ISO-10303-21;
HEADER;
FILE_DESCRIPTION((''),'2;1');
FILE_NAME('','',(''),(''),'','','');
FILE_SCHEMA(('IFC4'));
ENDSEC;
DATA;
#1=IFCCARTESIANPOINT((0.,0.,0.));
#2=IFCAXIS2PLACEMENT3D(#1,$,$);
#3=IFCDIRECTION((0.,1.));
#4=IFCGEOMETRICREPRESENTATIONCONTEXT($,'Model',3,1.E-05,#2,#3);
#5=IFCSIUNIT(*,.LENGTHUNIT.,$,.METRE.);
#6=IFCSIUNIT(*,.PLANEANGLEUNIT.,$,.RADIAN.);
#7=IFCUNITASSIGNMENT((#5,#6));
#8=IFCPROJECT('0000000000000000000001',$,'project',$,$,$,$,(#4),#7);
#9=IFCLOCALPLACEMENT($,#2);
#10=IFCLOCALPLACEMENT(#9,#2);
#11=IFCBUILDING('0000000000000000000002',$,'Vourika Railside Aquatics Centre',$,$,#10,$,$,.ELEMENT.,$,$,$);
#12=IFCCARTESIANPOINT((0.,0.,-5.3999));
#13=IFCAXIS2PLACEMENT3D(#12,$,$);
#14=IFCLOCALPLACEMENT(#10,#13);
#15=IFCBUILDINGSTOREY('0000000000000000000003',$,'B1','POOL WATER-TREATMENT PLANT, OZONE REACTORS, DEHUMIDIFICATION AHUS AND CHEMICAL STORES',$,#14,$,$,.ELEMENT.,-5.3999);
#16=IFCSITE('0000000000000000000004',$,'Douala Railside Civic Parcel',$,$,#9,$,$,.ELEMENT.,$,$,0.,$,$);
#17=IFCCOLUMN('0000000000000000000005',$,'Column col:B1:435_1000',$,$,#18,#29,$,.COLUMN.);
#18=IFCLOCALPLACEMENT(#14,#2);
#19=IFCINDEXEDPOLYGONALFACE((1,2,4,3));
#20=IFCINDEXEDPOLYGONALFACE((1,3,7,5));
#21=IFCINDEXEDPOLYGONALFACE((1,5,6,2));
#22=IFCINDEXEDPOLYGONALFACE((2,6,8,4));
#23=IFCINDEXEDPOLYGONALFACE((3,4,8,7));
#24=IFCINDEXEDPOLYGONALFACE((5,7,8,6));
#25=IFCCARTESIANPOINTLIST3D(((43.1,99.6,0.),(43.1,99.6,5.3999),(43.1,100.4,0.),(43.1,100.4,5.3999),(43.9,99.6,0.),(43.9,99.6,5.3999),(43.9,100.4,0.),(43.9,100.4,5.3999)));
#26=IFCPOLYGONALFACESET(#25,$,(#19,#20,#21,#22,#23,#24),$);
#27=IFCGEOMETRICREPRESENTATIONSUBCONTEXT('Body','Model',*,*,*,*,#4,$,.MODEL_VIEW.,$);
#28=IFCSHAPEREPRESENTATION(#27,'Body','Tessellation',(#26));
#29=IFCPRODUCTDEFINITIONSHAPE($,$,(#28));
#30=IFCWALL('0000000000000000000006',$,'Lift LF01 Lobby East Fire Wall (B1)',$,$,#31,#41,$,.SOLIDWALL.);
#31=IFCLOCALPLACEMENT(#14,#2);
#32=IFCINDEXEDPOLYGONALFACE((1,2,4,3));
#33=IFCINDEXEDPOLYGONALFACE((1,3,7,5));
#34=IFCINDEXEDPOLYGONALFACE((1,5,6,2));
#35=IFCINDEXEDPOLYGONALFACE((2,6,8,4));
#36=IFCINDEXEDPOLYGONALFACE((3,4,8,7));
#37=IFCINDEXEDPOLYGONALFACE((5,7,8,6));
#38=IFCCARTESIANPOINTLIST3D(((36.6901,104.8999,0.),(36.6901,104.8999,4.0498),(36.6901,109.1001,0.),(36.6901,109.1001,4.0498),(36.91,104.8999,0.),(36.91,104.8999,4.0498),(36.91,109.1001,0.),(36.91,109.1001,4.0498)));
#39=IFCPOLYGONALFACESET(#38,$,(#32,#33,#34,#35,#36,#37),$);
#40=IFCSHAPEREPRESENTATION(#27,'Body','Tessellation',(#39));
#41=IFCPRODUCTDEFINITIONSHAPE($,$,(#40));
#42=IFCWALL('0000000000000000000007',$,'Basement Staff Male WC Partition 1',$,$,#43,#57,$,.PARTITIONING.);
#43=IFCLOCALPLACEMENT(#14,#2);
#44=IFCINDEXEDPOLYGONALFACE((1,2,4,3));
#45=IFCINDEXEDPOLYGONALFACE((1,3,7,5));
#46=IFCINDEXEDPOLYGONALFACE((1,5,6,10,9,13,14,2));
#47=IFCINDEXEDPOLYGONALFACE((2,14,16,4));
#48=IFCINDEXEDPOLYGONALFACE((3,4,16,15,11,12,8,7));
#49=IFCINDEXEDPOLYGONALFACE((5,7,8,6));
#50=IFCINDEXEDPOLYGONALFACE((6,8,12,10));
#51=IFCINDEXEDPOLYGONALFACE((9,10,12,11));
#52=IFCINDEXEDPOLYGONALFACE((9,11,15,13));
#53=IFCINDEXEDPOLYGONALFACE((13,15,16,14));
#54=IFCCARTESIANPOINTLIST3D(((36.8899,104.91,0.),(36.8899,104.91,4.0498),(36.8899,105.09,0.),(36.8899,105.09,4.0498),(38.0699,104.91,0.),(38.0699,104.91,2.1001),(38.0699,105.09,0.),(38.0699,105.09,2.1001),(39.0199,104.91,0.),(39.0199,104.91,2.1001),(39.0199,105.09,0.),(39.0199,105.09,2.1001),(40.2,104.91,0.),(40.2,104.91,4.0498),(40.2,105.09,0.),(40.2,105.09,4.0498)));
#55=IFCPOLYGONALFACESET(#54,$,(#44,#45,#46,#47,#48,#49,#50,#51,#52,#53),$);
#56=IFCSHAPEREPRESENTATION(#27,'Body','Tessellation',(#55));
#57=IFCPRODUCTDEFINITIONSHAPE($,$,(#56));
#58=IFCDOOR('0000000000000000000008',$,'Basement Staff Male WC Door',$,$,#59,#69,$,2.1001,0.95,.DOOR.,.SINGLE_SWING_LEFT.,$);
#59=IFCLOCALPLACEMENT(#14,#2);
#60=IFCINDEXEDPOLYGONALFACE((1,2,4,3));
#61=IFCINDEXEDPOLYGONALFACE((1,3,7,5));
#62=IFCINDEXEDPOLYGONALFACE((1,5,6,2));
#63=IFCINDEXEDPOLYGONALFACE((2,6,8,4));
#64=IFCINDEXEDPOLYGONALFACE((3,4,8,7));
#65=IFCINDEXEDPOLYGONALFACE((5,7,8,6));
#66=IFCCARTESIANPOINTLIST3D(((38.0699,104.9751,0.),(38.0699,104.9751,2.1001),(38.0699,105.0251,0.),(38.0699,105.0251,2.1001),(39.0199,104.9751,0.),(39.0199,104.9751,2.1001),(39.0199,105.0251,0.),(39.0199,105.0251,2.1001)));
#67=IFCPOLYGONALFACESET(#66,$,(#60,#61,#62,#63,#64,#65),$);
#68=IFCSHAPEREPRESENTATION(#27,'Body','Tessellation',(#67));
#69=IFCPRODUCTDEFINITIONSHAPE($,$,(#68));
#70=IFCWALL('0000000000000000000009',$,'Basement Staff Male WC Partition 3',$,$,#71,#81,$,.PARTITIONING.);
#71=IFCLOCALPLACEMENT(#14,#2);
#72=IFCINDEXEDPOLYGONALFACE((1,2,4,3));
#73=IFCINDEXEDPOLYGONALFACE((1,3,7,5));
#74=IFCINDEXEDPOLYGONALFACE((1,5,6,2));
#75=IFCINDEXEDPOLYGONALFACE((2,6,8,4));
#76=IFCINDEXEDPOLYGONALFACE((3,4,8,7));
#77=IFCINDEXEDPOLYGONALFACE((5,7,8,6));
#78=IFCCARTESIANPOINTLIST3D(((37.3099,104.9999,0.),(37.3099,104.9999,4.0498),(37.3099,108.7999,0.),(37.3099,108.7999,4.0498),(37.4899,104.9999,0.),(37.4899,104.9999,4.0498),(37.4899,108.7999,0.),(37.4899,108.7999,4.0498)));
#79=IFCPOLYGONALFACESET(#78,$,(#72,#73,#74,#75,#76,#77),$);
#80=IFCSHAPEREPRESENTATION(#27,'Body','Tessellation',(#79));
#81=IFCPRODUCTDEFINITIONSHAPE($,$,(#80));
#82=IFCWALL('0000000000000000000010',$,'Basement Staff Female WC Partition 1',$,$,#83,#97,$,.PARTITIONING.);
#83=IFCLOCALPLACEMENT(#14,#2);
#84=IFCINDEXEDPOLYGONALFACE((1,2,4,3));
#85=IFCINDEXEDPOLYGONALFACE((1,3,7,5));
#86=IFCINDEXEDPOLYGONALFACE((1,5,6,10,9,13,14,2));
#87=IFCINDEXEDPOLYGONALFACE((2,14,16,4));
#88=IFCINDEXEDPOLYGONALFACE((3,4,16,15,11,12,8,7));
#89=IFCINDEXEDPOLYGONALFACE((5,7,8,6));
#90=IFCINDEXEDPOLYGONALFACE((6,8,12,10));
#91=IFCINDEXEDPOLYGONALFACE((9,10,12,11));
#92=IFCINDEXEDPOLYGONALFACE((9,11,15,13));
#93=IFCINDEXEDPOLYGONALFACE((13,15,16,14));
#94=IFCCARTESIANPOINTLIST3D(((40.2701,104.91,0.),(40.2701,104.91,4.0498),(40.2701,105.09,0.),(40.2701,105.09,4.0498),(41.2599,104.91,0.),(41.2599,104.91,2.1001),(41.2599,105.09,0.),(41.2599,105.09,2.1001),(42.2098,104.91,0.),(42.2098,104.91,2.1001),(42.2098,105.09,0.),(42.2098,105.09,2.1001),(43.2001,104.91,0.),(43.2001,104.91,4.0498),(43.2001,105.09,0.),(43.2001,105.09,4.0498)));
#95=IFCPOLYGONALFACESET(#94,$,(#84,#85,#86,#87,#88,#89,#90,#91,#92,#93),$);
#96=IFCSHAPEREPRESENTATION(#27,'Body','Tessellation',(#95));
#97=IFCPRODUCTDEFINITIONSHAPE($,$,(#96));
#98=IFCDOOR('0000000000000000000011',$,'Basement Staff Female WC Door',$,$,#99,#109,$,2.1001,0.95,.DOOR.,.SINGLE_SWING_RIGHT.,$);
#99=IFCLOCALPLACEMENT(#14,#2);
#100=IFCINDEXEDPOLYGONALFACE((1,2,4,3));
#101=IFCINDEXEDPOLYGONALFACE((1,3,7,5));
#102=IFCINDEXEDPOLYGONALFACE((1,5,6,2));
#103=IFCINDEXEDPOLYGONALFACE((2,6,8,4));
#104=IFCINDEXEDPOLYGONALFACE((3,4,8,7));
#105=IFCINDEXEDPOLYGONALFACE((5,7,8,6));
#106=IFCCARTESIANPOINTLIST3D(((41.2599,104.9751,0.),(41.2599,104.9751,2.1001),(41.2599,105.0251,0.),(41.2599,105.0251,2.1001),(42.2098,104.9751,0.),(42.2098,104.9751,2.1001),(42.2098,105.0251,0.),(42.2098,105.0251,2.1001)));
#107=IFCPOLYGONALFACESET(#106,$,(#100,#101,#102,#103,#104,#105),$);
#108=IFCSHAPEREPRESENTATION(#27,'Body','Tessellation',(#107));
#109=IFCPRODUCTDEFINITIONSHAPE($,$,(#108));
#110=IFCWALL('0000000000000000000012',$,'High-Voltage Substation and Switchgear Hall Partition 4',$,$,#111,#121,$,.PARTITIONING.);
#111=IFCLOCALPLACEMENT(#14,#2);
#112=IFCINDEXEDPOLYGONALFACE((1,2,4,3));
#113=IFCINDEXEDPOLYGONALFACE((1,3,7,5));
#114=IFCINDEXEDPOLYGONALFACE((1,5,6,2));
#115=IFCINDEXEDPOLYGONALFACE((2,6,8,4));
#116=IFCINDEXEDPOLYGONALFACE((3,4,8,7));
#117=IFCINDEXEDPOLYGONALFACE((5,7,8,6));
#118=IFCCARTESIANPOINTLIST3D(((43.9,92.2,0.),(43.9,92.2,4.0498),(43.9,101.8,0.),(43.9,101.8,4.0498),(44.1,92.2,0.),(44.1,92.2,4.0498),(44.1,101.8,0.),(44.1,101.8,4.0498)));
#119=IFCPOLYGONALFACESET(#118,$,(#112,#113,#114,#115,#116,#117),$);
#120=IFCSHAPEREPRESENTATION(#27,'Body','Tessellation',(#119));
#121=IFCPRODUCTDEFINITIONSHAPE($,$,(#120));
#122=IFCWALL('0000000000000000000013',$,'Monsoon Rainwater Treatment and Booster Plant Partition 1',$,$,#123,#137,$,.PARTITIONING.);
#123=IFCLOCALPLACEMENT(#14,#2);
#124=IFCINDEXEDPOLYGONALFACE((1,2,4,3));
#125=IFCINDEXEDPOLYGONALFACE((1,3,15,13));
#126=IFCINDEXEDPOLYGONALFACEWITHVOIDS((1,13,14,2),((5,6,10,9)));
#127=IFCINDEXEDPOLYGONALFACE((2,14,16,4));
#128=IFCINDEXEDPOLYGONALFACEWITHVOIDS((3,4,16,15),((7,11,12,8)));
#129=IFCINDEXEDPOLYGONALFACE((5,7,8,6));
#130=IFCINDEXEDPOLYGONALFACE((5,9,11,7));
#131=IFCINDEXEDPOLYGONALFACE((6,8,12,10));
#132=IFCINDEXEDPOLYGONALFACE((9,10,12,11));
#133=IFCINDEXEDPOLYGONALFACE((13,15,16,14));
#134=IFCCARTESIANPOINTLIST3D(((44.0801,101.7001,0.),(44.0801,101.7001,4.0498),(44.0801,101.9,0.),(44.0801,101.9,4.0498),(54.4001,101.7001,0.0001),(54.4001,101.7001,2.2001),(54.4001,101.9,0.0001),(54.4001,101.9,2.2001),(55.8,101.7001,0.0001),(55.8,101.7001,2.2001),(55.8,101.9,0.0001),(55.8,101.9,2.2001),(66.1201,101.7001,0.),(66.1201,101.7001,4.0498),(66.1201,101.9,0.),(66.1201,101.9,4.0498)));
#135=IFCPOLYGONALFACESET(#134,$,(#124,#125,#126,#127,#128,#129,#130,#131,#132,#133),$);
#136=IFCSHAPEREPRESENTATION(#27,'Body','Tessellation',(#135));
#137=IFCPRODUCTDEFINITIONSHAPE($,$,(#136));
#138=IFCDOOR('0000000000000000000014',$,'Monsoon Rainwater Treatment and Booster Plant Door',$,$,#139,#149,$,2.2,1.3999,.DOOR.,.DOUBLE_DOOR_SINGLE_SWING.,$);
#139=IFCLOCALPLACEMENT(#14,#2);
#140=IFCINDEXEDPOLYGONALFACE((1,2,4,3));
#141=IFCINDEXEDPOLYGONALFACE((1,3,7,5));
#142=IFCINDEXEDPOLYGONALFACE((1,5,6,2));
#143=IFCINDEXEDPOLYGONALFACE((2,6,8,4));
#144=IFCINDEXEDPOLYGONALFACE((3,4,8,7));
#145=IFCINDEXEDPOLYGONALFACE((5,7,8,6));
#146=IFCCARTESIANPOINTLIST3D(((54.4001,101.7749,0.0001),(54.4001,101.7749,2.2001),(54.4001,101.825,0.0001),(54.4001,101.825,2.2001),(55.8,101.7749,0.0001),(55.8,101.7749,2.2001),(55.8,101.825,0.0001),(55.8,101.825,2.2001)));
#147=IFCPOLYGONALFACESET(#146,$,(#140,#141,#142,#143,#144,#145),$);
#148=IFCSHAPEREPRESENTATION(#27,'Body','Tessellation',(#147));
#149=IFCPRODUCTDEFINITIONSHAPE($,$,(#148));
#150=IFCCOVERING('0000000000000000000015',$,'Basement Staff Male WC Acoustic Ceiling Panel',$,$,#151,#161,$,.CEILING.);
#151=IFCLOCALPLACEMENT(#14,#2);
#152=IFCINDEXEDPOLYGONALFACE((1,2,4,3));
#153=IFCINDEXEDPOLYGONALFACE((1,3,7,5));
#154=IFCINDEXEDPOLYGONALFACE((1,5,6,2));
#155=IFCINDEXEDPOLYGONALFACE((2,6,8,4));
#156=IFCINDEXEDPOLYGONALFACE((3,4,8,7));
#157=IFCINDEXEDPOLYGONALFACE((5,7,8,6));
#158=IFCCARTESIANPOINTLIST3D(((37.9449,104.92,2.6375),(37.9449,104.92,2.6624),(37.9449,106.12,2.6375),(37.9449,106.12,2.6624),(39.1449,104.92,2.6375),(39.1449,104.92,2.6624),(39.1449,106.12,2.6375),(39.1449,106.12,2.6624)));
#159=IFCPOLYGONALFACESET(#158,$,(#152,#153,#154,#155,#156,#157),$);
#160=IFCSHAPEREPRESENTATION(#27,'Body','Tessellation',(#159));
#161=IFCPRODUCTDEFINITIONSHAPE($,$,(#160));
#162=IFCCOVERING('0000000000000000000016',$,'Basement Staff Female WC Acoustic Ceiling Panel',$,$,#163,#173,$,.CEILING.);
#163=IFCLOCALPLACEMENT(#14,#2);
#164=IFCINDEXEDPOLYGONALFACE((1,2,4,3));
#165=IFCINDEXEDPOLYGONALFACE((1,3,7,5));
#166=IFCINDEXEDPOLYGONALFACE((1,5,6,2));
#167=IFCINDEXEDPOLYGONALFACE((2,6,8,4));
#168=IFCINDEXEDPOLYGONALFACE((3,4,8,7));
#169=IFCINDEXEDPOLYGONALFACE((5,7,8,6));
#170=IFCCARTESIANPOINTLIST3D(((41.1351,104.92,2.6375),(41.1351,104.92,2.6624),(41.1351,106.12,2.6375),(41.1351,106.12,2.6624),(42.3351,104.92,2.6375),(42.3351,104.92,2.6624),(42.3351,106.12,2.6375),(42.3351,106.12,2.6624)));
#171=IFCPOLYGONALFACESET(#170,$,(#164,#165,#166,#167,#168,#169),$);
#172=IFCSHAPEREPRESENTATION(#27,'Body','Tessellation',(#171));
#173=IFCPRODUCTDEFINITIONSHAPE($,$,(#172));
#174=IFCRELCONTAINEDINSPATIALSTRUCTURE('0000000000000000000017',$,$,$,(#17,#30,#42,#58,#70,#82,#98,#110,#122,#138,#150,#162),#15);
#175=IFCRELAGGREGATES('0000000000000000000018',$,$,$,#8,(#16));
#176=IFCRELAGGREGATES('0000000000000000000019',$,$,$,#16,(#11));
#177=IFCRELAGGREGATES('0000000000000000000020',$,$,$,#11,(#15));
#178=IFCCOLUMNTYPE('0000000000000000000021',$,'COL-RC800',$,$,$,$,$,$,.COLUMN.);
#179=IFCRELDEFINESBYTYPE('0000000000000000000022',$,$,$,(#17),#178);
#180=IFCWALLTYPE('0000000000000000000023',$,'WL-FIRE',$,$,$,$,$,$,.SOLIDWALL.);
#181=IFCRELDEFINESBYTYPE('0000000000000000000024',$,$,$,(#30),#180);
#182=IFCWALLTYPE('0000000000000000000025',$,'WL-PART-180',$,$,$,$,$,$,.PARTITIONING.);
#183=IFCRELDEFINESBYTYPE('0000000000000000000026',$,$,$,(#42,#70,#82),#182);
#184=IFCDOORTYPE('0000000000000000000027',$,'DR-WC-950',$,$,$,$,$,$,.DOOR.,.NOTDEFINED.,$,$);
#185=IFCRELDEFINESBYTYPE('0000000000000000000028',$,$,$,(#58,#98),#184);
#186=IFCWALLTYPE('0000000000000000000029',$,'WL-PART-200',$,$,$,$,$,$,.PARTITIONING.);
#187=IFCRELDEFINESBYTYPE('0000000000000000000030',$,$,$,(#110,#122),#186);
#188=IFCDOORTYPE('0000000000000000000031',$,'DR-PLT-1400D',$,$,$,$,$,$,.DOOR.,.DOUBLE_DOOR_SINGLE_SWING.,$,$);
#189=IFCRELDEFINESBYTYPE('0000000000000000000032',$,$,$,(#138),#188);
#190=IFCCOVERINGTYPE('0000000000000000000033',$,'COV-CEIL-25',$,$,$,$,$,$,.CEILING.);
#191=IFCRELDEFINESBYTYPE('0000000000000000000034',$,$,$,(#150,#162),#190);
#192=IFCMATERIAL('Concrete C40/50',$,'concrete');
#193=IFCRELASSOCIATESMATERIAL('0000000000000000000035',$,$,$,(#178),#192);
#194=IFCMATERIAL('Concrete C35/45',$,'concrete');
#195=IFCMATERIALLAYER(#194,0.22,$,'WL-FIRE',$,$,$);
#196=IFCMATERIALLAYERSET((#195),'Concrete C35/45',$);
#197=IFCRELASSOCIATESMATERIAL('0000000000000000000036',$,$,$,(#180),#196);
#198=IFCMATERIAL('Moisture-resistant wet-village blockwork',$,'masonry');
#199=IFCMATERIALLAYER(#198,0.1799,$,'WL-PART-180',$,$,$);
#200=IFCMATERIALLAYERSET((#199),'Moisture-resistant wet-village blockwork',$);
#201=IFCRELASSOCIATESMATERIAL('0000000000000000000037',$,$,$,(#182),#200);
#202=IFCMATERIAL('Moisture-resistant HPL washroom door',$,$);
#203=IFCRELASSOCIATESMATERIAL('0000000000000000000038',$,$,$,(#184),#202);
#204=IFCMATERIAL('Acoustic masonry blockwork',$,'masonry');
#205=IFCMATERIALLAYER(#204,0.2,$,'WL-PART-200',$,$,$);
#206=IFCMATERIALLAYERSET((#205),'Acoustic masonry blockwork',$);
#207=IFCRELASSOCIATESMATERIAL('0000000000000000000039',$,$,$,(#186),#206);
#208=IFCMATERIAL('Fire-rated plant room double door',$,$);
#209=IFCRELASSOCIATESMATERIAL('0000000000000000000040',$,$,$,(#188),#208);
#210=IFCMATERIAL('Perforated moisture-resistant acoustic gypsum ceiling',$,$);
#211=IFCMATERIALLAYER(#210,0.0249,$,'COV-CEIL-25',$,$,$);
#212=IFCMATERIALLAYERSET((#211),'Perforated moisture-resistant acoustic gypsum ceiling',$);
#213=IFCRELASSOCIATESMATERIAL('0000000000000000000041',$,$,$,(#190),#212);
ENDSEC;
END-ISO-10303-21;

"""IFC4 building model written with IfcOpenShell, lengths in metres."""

from ifc_helpers import new_model, si_unit, direction, frame, frame_2d, origin, origin_2d, place, context, subcontext, project, spatial, rectangle, extrude, material, layer, layer_set, material_profile, profile_set, type_object, element, fill, save


model = new_model("IFC4")

# Units and contexts
model_context = context("Model", 3, precision=1e-05, world=origin(), true_north=direction((0.0, 1.0)))
body_context = subcontext(model_context, "Body", "Model", "MODEL_VIEW")
ifc_project = project(units=[si_unit("LENGTHUNIT", "METRE"), si_unit("PLANEANGLEUNIT", "RADIAN")], contexts=[model_context])

# Site, building, storey
site_placement = place(None, origin())
site = spatial("IfcSite", under=ifc_project, at=site_placement, Name="Douala Railside Civic Parcel", CompositionType="ELEMENT", RefElevation=0.0)
building_placement = place(site_placement, origin())
building = spatial("IfcBuilding", under=site, at=building_placement, Name="Vourika Railside Aquatics Centre", CompositionType="ELEMENT")
storey_placement = place(building_placement, frame((0.0, 0.0, -5.3999)))
storey = spatial("IfcBuildingStorey", under=building, at=storey_placement, Name="B1", Description="POOL WATER-TREATMENT PLANT, OZONE REACTORS, DEHUMIDIFICATION AHUS AND CHEMICAL STORES", CompositionType="ELEMENT", Elevation=-5.3999)

# Shared definitions
ifc_material_1 = material(Name="Concrete C40/50", Category="concrete")

# Column
ifc_material_profile_1 = material_profile(ifc_material_1, rectangle(XDim=0.8, YDim=0.8, at=origin_2d()), Name="RC 800x800")
ifc_profile_set_1 = profile_set([ifc_material_profile_1], Name="Concrete C40/50")
column_type = type_object("IfcColumnType", Name="COL-RC800", PredefinedType="COLUMN", material=ifc_profile_set_1)
for number, where, z_axis, x_axis, name in (
    (1, (43.5, 100.0, 0.0), (0.0, 0.0, 1.0), (1.0, 0.0, 0.0), "Column col:B1:435_1000"),
):
    element("IfcColumn", number, at=place(storey_placement, frame(where, z_axis=z_axis, x_axis=x_axis)), inside=storey, type_object=column_type, Name=name, PredefinedType="COLUMN", context=body_context, shape_type="SweptSolid", body=[
        extrude(rectangle(XDim=0.8, YDim=0.8, at=origin_2d()), origin(), (0.0, 0.0, 1.0), 5.3999),
    ])

# Wall
ifc_material_2 = material(Name="Concrete C35/45", Category="concrete")
ifc_layer_1 = layer(ifc_material_2, 0.22, Name="WL-FIRE")
ifc_layer_set_1 = layer_set([ifc_layer_1], Name="Concrete C35/45")
wall_type_1 = type_object("IfcWallType", Name="WL-FIRE", PredefinedType="SOLIDWALL", material=ifc_layer_set_1)
wall_1_placement = place(storey_placement, frame((36.8, 104.8999, 0.0), z_axis=(0.0, 0.0, 1.0), x_axis=(0.0, 1.0, 0.0)))
element("IfcWall", 2, at=wall_1_placement, inside=storey, type_object=wall_type_1, Name="Lift LF01 Lobby East Fire Wall (B1)", PredefinedType="SOLIDWALL", context=body_context, shape_type="SweptSolid", body=[
    extrude(rectangle(XDim=4.2002, YDim=0.22, at=frame_2d((2.1001, 0.0))), origin(), (0.0, 0.0, 1.0), 4.0498),
])

# Wall, opening, door
ifc_material_3 = material(Name="Moisture-resistant wet-village blockwork", Category="masonry")
ifc_layer_2 = layer(ifc_material_3, 0.1799, Name="WL-PART-180")
ifc_layer_set_2 = layer_set([ifc_layer_2], Name="Moisture-resistant wet-village blockwork")
wall_type_2 = type_object("IfcWallType", Name="WL-PART-180", PredefinedType="PARTITIONING", material=ifc_layer_set_2)
wall_2_placement = place(storey_placement, frame((40.2, 105.0, 0.0), z_axis=(0.0, 0.0, 1.0), x_axis=(-1.0, 0.0, 0.0)))
wall_2 = element("IfcWall", 3, at=wall_2_placement, inside=storey, type_object=wall_type_2, Name="Basement Staff Male WC Partition 1", PredefinedType="PARTITIONING", context=body_context, shape_type="SweptSolid", body=[
    extrude(rectangle(XDim=3.3101, YDim=0.1799, at=frame_2d((1.655, 0.0))), origin(), (0.0, 0.0, 1.0), 4.0498),
])
opening_1_placement = place(wall_2_placement, frame((1.1799, 0.0, 0.0)))
opening_1 = element("IfcOpeningElement", 4, at=opening_1_placement, cuts=wall_2, PredefinedType="OPENING", context=body_context, shape_type="SweptSolid", body=[
    extrude(rectangle(XDim=0.95, YDim=2.1001, at=frame_2d((0.4751, 1.05))), frame((0.0, 0.1001, 0.0), z_axis=(0.0, -1.0, 0.0), x_axis=(1.0, 0.0, 0.0)), (0.0, 0.0, 1.0), 0.2),
])
ifc_material_4 = material(Name="Moisture-resistant HPL washroom door")
door_type_1 = type_object("IfcDoorType", Name="DR-WC-950", OperationType="NOTDEFINED", PredefinedType="DOOR", material=ifc_material_4)
door_1_placement = place(opening_1_placement, origin())
door_1 = element("IfcDoor", 5, at=door_1_placement, inside=storey, type_object=door_type_1, Name="Basement Staff Male WC Door", OperationType="SINGLE_SWING_LEFT", OverallHeight=2.1001, OverallWidth=0.95, PredefinedType="DOOR", context=body_context, shape_type="SweptSolid", body=[
    extrude(rectangle(XDim=0.95, YDim=2.1001, at=frame_2d((0.4751, 1.05))), frame((0.0, 0.0249, 0.0), z_axis=(0.0, -1.0, 0.0), x_axis=(1.0, 0.0, 0.0)), (0.0, 0.0, 1.0), 0.05),
])
fill(opening_1, door_1)

# Wall
wall_3_placement = place(storey_placement, frame((37.3999, 105.0, 0.0), z_axis=(0.0, 0.0, 1.0), x_axis=(0.0, 1.0, 0.0)))
element("IfcWall", 6, at=wall_3_placement, inside=storey, type_object=wall_type_2, Name="Basement Staff Male WC Partition 3", PredefinedType="PARTITIONING", context=body_context, shape_type="SweptSolid", body=[
    extrude(rectangle(XDim=3.8, YDim=0.1799, at=frame_2d((1.8999, 0.0))), origin(), (0.0, 0.0, 1.0), 4.0498),
])

# Wall, opening, door
wall_4_placement = place(storey_placement, frame((43.2, 105.0, 0.0), z_axis=(0.0, 0.0, 1.0), x_axis=(-1.0, 0.0, 0.0)))
wall_4 = element("IfcWall", 7, at=wall_4_placement, inside=storey, type_object=wall_type_2, Name="Basement Staff Female WC Partition 1", PredefinedType="PARTITIONING", context=body_context, shape_type="SweptSolid", body=[
    extrude(rectangle(XDim=2.9299, YDim=0.1799, at=frame_2d((1.4648, 0.0))), origin(), (0.0, 0.0, 1.0), 4.0498),
])
opening_2_placement = place(wall_4_placement, frame((0.99, 0.0, 0.0)))
opening_2 = element("IfcOpeningElement", 8, at=opening_2_placement, cuts=wall_4, PredefinedType="OPENING", context=body_context, shape_type="SweptSolid", body=[
    extrude(rectangle(XDim=0.95, YDim=2.1001, at=frame_2d((0.4751, 1.05))), frame((0.0, 0.1001, 0.0), z_axis=(0.0, -1.0, 0.0), x_axis=(1.0, 0.0, 0.0)), (0.0, 0.0, 1.0), 0.2),
])
door_2_placement = place(opening_2_placement, origin())
door_2 = element("IfcDoor", 9, at=door_2_placement, inside=storey, type_object=door_type_1, Name="Basement Staff Female WC Door", OperationType="SINGLE_SWING_RIGHT", OverallHeight=2.1001, OverallWidth=0.95, PredefinedType="DOOR", context=body_context, shape_type="SweptSolid", body=[
    extrude(rectangle(XDim=0.95, YDim=2.1001, at=frame_2d((0.4751, 1.05))), frame((0.0, 0.0249, 0.0), z_axis=(0.0, -1.0, 0.0), x_axis=(1.0, 0.0, 0.0)), (0.0, 0.0, 1.0), 0.05),
])
fill(opening_2, door_2)

# Wall
ifc_material_5 = material(Name="Acoustic masonry blockwork", Category="masonry")
ifc_layer_3 = layer(ifc_material_5, 0.2, Name="WL-PART-200")
ifc_layer_set_3 = layer_set([ifc_layer_3], Name="Acoustic masonry blockwork")
wall_type_3 = type_object("IfcWallType", Name="WL-PART-200", PredefinedType="PARTITIONING", material=ifc_layer_set_3)
wall_5_placement = place(storey_placement, frame((44.0, 101.8, 0.0), z_axis=(0.0, 0.0, 1.0), x_axis=(0.0, -1.0, 0.0)))
element("IfcWall", 10, at=wall_5_placement, inside=storey, type_object=wall_type_3, Name="High-Voltage Substation and Switchgear Hall Partition 4", PredefinedType="PARTITIONING", context=body_context, shape_type="SweptSolid", body=[
    extrude(rectangle(XDim=9.6001, YDim=0.2, at=frame_2d((4.8, 0.0))), origin(), (0.0, 0.0, 1.0), 4.0498),
])

# Wall, opening, door
wall_6_placement = place(storey_placement, frame((44.0801, 101.8, 0.0), z_axis=(0.0, 0.0, 1.0), x_axis=(1.0, 0.0, 0.0)))
wall_6 = element("IfcWall", 11, at=wall_6_placement, inside=storey, type_object=wall_type_3, Name="Monsoon Rainwater Treatment and Booster Plant Partition 1", PredefinedType="PARTITIONING", context=body_context, shape_type="SweptSolid", body=[
    extrude(rectangle(XDim=22.04, YDim=0.2, at=frame_2d((11.02, 0.0))), origin(), (0.0, 0.0, 1.0), 4.0498),
])
opening_3_placement = place(wall_6_placement, frame((10.3201, 0.0, 0.0)))
opening_3 = element("IfcOpeningElement", 12, at=opening_3_placement, cuts=wall_6, PredefinedType="OPENING", context=body_context, shape_type="SweptSolid", body=[
    extrude(rectangle(XDim=1.3999, YDim=2.2, at=frame_2d((0.7, 1.1001))), frame((0.0, 0.1099, 0.0), z_axis=(0.0, -1.0, 0.0), x_axis=(1.0, 0.0, 0.0)), (0.0, 0.0, 1.0), 0.22),
])
ifc_material_6 = material(Name="Fire-rated plant room double door")
door_type_2 = type_object("IfcDoorType", Name="DR-PLT-1400D", OperationType="DOUBLE_DOOR_SINGLE_SWING", PredefinedType="DOOR", material=ifc_material_6)
door_3_placement = place(opening_3_placement, origin())
door_3 = element("IfcDoor", 13, at=door_3_placement, inside=storey, type_object=door_type_2, Name="Monsoon Rainwater Treatment and Booster Plant Door", OperationType="DOUBLE_DOOR_SINGLE_SWING", OverallHeight=2.2, OverallWidth=1.3999, PredefinedType="DOOR", context=body_context, shape_type="SweptSolid", body=[
    extrude(rectangle(XDim=1.3999, YDim=2.2, at=frame_2d((0.7, 1.1001))), frame((0.0, 0.0249, 0.0), z_axis=(0.0, -1.0, 0.0), x_axis=(1.0, 0.0, 0.0)), (0.0, 0.0, 1.0), 0.05),
])
fill(opening_3, door_3)

# Coverings
ifc_material_7 = material(Name="Perforated moisture-resistant acoustic gypsum ceiling")
ifc_layer_4 = layer(ifc_material_7, 0.0249, Name="COV-CEIL-25")
ifc_layer_set_4 = layer_set([ifc_layer_4], Name="Perforated moisture-resistant acoustic gypsum ceiling")
covering_type_1 = type_object("IfcCoveringType", Name="COV-CEIL-25", PredefinedType="CEILING", material=ifc_layer_set_4)
for number, where, z_axis, x_axis, name in (
    (14, (38.5449, 105.52, 2.6375), (0.0, 0.0, 1.0), (1.0, 0.0, 0.0), "Basement Staff Male WC Acoustic Ceiling Panel"),
    (15, (41.7351, 105.52, 2.6375), (0.0, 0.0, 1.0), (1.0, 0.0, 0.0), "Basement Staff Female WC Acoustic Ceiling Panel"),
):
    element("IfcCovering", number, at=place(storey_placement, frame(where, z_axis=z_axis, x_axis=x_axis)), inside=storey, type_object=covering_type_1, Name=name, PredefinedType="CEILING", context=body_context, shape_type="SweptSolid", body=[
        extrude(rectangle(XDim=1.2, YDim=1.2, at=origin_2d()), origin(), (0.0, 0.0, 1.0), 0.0249),
    ])

save(model, "model.ifc")
